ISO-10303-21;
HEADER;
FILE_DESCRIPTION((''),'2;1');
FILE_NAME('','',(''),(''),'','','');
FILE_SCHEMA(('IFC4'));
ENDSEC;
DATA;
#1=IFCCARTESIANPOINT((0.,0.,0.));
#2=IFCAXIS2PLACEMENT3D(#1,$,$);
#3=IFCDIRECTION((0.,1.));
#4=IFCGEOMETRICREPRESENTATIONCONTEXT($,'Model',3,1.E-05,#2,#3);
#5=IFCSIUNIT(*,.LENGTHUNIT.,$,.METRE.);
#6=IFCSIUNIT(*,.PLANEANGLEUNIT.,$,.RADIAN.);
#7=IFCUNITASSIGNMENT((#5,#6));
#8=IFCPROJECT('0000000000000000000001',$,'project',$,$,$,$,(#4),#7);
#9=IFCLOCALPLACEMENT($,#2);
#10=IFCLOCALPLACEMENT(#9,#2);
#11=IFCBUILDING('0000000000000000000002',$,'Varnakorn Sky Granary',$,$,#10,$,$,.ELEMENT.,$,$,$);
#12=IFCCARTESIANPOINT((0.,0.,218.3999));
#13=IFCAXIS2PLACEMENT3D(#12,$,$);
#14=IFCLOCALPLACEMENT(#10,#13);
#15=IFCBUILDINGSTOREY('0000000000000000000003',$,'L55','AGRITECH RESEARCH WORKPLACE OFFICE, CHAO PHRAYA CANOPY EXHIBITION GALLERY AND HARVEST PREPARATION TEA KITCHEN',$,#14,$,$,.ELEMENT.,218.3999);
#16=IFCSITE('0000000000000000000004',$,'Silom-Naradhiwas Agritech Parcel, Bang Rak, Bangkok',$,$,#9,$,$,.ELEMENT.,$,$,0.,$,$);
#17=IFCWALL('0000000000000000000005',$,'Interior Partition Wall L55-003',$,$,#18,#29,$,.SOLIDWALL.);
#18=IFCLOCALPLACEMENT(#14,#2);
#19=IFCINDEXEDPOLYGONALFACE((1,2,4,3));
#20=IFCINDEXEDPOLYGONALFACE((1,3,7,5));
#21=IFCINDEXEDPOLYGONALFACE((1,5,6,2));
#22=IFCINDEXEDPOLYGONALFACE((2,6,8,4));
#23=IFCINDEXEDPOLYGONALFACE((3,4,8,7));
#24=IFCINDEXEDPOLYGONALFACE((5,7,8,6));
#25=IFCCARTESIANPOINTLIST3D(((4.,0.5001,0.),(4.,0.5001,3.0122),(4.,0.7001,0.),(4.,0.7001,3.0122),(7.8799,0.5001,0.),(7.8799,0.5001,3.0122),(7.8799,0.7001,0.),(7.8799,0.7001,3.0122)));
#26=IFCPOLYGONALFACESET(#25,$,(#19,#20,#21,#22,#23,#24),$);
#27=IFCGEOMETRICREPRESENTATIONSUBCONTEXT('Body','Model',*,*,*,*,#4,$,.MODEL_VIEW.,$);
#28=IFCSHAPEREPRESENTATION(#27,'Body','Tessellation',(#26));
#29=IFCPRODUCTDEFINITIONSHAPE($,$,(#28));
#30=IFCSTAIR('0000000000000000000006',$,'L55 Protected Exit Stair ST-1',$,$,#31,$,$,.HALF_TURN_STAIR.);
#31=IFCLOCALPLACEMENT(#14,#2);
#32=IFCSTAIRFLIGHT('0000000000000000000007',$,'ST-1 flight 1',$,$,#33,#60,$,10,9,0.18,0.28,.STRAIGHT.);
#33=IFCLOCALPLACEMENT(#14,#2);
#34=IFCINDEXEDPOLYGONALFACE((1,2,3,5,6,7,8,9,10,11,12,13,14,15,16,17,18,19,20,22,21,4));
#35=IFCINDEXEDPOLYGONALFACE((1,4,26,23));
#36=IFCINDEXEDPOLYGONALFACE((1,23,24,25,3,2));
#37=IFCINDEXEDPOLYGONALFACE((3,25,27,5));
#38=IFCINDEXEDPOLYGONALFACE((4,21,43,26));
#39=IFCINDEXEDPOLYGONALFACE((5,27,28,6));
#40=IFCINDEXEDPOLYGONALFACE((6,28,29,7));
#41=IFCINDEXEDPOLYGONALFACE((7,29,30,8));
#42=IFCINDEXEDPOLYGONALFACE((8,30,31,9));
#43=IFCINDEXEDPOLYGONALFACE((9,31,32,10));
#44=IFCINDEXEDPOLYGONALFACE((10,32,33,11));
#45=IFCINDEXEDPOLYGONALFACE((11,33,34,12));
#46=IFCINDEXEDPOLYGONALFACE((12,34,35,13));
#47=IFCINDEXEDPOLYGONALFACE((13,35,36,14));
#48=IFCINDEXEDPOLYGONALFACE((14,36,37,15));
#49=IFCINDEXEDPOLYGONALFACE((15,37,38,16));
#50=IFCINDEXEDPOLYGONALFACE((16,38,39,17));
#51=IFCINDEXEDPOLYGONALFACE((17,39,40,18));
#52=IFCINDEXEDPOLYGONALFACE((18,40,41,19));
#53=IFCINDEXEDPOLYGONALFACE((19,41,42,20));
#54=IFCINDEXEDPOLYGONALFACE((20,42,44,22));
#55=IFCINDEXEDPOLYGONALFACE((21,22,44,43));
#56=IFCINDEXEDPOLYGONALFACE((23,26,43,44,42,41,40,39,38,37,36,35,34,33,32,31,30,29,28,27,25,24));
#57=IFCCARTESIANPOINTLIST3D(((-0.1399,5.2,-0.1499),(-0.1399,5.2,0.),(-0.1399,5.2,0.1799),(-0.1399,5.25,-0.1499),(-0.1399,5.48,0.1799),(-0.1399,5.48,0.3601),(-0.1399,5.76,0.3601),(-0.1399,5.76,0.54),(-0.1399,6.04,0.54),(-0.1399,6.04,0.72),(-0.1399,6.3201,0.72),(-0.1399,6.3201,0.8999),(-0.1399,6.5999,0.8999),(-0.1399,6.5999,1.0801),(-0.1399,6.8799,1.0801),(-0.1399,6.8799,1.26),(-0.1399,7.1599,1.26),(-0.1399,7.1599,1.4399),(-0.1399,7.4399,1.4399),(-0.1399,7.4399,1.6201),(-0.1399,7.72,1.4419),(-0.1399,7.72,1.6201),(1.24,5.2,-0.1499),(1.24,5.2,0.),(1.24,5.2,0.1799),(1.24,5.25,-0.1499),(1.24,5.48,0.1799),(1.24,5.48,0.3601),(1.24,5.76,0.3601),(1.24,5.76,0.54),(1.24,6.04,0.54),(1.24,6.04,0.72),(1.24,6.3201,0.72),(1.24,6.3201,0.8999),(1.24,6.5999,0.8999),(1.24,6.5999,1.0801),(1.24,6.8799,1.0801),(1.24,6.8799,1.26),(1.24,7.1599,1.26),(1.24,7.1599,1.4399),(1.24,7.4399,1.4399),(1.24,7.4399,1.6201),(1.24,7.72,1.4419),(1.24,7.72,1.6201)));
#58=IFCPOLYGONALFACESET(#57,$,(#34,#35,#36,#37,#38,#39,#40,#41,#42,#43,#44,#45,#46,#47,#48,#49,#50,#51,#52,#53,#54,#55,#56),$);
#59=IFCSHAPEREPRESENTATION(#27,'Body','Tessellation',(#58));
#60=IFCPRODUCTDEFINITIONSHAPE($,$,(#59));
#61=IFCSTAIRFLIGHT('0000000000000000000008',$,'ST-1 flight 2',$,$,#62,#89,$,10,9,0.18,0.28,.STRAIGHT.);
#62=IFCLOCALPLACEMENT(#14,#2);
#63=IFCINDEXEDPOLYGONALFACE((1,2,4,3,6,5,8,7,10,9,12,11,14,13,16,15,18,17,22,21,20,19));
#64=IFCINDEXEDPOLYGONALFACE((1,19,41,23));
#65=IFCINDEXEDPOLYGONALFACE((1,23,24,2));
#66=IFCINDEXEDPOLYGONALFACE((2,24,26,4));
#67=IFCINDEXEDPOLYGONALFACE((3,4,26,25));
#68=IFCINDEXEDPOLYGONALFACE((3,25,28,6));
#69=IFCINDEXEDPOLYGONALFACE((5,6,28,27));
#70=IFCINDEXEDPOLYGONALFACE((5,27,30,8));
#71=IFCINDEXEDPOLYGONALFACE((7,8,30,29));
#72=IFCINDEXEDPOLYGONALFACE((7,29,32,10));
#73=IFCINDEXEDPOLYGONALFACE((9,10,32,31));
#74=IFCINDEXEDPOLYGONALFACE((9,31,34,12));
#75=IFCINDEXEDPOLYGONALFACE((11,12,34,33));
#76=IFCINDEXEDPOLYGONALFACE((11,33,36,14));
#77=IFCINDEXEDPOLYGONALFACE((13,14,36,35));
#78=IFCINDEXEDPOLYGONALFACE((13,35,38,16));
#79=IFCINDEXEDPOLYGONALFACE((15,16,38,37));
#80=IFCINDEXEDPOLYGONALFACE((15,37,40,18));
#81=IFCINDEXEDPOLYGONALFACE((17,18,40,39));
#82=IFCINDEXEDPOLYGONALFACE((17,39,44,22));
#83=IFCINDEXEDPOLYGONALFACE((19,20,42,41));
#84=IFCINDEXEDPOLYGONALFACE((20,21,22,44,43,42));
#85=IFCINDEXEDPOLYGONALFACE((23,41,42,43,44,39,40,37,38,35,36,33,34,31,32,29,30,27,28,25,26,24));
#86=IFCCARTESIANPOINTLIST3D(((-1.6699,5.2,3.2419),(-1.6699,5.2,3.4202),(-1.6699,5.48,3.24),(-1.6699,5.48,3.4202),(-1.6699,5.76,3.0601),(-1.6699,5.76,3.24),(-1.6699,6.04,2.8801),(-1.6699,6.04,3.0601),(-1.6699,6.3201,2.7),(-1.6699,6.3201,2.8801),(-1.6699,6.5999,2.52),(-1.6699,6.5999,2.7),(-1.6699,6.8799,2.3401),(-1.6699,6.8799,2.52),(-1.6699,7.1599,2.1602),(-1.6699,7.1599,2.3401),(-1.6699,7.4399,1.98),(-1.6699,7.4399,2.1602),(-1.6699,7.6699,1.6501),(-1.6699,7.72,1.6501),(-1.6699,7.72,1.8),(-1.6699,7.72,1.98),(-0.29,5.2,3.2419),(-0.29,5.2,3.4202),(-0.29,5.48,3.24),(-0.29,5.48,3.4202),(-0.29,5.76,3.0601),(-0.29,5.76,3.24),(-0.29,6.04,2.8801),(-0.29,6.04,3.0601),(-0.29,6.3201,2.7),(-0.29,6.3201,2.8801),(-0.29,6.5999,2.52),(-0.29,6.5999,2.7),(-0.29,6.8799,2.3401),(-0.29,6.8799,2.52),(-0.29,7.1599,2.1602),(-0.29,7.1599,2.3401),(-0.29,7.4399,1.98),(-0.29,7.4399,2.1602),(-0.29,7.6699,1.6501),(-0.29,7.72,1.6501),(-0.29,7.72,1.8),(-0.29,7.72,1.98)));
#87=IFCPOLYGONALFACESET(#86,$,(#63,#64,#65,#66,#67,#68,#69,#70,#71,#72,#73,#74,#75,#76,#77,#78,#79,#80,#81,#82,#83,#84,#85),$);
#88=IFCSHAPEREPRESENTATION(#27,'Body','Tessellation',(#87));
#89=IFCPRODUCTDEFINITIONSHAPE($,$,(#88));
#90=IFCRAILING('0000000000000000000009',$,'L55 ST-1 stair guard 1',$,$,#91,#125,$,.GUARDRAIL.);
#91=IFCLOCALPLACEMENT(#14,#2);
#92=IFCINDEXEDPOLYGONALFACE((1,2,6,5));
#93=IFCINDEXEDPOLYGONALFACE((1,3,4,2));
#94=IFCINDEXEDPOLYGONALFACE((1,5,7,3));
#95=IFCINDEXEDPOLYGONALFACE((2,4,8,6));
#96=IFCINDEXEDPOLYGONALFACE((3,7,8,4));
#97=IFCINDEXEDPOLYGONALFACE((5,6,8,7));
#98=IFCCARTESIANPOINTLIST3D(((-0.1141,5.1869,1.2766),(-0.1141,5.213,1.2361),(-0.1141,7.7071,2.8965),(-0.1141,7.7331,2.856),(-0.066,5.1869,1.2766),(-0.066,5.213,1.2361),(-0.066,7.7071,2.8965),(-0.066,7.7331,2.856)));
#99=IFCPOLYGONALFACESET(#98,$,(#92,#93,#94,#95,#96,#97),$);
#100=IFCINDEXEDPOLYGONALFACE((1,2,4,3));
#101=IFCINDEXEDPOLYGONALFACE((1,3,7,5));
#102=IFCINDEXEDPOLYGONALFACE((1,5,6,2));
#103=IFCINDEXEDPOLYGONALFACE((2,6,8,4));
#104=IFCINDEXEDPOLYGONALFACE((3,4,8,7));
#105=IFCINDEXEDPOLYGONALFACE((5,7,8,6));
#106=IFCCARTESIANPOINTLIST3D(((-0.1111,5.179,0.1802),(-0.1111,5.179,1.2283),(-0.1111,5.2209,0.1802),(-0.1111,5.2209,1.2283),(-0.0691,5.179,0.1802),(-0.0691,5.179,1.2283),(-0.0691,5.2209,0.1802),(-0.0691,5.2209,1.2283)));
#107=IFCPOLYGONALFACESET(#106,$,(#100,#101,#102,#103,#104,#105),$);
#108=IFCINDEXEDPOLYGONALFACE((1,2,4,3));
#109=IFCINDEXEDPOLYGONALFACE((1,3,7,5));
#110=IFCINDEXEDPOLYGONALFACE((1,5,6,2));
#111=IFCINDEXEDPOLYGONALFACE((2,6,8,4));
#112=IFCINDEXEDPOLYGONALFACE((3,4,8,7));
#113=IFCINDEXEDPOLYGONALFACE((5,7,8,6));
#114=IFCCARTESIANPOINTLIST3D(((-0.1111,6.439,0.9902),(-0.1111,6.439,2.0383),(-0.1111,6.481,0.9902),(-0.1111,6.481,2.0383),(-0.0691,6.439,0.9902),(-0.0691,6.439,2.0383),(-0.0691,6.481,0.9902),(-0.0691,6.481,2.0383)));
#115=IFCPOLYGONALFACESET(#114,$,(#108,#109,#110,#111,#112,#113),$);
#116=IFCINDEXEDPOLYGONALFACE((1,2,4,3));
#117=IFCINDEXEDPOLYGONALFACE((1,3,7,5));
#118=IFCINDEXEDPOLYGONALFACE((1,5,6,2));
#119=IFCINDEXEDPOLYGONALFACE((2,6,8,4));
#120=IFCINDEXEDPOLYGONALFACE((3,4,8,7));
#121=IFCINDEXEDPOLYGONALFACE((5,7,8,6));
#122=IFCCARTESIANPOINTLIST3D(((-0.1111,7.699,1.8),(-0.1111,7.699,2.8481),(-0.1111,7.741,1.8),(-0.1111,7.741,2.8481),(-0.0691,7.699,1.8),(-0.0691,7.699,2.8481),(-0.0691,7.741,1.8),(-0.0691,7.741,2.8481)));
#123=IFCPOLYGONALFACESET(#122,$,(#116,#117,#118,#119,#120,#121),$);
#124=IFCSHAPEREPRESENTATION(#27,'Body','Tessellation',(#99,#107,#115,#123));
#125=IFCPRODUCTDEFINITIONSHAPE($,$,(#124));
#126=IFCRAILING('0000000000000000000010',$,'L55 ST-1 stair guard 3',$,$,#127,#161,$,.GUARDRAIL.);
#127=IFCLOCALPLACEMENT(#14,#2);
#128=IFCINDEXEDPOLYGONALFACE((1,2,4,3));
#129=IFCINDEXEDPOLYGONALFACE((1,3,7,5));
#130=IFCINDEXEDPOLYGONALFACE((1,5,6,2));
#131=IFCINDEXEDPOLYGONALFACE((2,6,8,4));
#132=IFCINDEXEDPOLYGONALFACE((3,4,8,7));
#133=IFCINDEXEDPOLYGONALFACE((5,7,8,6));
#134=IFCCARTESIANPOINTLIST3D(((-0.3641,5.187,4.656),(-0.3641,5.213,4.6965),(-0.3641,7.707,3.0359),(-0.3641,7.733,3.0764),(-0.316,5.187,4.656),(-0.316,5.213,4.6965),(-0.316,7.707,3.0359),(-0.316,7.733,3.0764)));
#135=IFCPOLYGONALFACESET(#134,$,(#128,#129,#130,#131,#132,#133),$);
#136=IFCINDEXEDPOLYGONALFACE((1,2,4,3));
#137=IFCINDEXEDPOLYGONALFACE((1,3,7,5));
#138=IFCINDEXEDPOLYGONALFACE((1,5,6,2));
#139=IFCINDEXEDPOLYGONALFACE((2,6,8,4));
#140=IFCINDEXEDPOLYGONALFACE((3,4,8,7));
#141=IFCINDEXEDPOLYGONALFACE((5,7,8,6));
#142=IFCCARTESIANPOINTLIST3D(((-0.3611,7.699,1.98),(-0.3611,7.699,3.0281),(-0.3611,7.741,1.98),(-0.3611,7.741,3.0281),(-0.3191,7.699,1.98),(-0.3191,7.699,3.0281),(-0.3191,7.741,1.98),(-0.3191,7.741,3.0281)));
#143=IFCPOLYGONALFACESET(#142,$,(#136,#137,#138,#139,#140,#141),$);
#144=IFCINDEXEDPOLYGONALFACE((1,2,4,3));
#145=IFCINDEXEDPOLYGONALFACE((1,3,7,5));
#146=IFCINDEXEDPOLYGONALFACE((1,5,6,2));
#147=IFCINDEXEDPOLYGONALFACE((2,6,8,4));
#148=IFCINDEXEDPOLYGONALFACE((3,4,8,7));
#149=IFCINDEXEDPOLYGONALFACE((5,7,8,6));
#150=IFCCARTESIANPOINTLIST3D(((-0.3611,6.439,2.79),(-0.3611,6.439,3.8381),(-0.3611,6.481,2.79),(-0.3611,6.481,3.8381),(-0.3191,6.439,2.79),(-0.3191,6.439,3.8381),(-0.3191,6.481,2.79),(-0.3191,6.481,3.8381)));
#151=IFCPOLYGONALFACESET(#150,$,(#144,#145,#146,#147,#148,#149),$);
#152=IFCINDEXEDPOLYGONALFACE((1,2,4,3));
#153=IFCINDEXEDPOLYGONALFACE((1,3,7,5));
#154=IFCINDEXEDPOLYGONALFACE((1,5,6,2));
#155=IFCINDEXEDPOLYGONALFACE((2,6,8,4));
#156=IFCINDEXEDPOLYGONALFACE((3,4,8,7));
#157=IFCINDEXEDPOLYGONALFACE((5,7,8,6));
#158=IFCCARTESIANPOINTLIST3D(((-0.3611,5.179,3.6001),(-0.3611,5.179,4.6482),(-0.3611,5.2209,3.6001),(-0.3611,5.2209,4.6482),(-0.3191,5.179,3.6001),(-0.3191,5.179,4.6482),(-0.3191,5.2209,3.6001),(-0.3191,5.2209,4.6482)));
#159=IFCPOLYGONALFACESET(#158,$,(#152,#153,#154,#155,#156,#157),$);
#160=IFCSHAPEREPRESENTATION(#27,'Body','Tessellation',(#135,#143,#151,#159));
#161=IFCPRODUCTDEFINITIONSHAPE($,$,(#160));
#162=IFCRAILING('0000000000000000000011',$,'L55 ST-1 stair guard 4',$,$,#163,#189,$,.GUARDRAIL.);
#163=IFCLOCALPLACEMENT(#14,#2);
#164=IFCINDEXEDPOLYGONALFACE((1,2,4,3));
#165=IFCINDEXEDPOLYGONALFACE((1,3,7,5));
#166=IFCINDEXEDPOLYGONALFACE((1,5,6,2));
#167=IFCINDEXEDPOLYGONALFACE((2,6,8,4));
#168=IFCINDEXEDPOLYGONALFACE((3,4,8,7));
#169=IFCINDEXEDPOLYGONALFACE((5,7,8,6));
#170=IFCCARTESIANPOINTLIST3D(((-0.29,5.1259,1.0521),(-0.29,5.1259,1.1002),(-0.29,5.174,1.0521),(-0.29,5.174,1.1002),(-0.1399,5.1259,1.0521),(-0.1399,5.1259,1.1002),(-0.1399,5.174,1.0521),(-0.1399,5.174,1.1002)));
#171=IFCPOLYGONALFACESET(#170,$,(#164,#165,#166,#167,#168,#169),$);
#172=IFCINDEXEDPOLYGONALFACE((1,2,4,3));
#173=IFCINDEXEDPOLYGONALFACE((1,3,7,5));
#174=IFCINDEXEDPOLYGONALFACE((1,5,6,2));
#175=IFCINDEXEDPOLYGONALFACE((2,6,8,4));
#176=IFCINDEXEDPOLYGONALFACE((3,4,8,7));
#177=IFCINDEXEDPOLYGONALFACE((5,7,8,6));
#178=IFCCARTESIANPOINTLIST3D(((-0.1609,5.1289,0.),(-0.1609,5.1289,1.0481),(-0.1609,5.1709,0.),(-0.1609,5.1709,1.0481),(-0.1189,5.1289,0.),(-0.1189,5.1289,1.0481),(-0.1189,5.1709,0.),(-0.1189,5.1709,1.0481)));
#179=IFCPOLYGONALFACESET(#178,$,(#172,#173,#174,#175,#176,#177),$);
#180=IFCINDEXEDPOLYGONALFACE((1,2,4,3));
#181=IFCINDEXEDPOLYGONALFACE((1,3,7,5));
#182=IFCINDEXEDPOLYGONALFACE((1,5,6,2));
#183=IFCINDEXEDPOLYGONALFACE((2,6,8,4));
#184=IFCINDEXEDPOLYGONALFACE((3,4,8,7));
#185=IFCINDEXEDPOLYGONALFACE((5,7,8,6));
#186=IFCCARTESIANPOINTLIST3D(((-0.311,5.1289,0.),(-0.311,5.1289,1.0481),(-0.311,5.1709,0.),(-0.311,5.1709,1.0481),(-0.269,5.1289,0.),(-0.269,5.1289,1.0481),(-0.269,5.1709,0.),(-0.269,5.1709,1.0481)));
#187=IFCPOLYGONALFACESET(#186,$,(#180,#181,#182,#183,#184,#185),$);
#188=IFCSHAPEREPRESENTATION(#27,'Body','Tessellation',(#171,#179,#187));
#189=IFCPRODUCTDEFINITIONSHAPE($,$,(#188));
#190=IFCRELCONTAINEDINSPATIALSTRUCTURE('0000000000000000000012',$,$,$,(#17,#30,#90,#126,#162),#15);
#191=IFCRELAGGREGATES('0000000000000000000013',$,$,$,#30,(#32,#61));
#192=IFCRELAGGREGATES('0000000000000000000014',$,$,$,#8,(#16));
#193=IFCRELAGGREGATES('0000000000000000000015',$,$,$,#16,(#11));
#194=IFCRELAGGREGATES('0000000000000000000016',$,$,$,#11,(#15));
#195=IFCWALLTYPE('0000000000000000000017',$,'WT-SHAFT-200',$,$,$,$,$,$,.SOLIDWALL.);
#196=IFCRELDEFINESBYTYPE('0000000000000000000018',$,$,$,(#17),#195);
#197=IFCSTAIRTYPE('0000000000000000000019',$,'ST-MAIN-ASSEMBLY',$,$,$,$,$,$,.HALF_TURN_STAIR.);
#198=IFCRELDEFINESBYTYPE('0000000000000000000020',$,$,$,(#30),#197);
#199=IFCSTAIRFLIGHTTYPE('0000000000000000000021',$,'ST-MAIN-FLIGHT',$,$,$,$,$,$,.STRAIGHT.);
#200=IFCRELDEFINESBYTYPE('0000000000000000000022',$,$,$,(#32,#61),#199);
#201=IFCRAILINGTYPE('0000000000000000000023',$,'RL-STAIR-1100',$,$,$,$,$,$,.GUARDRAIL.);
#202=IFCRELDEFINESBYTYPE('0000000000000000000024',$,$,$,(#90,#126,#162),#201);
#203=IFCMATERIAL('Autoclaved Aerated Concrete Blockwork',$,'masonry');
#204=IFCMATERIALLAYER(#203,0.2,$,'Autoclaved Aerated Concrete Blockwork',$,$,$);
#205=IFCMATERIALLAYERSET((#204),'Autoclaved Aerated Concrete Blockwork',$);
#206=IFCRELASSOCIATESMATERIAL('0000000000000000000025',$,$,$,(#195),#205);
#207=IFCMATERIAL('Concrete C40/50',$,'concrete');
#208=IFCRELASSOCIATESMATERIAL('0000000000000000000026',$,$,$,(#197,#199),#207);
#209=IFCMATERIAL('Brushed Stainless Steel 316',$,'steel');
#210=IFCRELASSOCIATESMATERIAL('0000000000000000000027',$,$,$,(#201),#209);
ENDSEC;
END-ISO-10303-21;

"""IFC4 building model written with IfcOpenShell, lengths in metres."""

from ifc_helpers import new_model, si_unit, direction, frame, frame_2d, origin, origin_2d, place, context, subcontext, project, spatial, polyline, rectangle, outline, extrude, material, layer, layer_set, type_object, element, aggregate, save


model = new_model("IFC4")

# Units and contexts
model_context = context("Model", 3, precision=1e-05, world=origin(), true_north=direction((0.0, 1.0)))
body_context = subcontext(model_context, "Body", "Model", "MODEL_VIEW")
ifc_project = project(units=[si_unit("LENGTHUNIT", "METRE"), si_unit("PLANEANGLEUNIT", "RADIAN")], contexts=[model_context])

# Site, building, storey
site_placement = place(None, origin())
site = spatial("IfcSite", under=ifc_project, at=site_placement, Name="Silom-Naradhiwas Agritech Parcel, Bang Rak, Bangkok", CompositionType="ELEMENT", RefElevation=0.0)
building_placement = place(site_placement, origin())
building = spatial("IfcBuilding", under=site, at=building_placement, Name="Varnakorn Sky Granary", CompositionType="ELEMENT")
storey_placement = place(building_placement, frame((0.0, 0.0, 218.3999)))
storey = spatial("IfcBuildingStorey", under=building, at=storey_placement, Name="L55", Description="AGRITECH RESEARCH WORKPLACE OFFICE, CHAO PHRAYA CANOPY EXHIBITION GALLERY AND HARVEST PREPARATION TEA KITCHEN", CompositionType="ELEMENT", Elevation=218.3999)

# Shared definitions
ifc_material_1 = material(Name="Autoclaved Aerated Concrete Blockwork", Category="masonry")

# Wall
ifc_layer_1 = layer(ifc_material_1, 0.2, Name="Autoclaved Aerated Concrete Blockwork")
ifc_layer_set_1 = layer_set([ifc_layer_1], Name="Autoclaved Aerated Concrete Blockwork")
wall_type_1 = type_object("IfcWallType", Name="WT-SHAFT-200", PredefinedType="SOLIDWALL", material=ifc_layer_set_1)
wall_1_placement = place(storey_placement, frame((4.0, 0.6001, 0.0), z_axis=(0.0, 0.0, 1.0), x_axis=(1.0, 0.0, 0.0)))
element("IfcWall", 1, at=wall_1_placement, inside=storey, type_object=wall_type_1, Name="Interior Partition Wall L55-003", PredefinedType="SOLIDWALL", context=body_context, shape_type="SweptSolid", body=[
    extrude(rectangle(XDim=3.8799, YDim=0.2, at=frame_2d((1.9399, 0.0))), origin(), (0.0, 0.0, 1.0), 3.0122),
])

# Stair, stair flights
ifc_material_2 = material(Name="Concrete C40/50", Category="concrete")
stair_type = type_object("IfcStairType", Name="ST-MAIN-ASSEMBLY", PredefinedType="HALF_TURN_STAIR", material=ifc_material_2)
stair_placement = place(storey_placement, origin())
stair = element("IfcStair", 2, at=stair_placement, inside=storey, type_object=stair_type, Name="L55 Protected Exit Stair ST-1", PredefinedType="HALF_TURN_STAIR")
stair_flight_type = type_object("IfcStairFlightType", Name="ST-MAIN-FLIGHT", PredefinedType="STRAIGHT", material=ifc_material_2)
stair_flight_1_placement = place(storey_placement, frame((0.55, 5.2, 0.0), z_axis=(0.0, 0.0, 1.0), x_axis=(0.0, 1.0, 0.0)))
stair_flight_1 = element("IfcStairFlight", 3, at=stair_flight_1_placement, type_object=stair_flight_type, Name="ST-1 flight 1", NumberOfRisers=10, NumberOfTreads=9, PredefinedType="STRAIGHT", RiserHeight=0.18, TreadLength=0.28, context=body_context, shape_type="SweptSolid", body=[
    extrude(outline(polyline([(0.0, -0.1499), (0.0, 0.0), (0.0, 0.1799), (0.28, 0.1799), (0.28, 0.3601), (0.5601, 0.3601), (0.5601, 0.54), (0.8401, 0.54), (0.8401, 0.72), (1.1201, 0.72), (1.1201, 0.8999), (1.3999, 0.8999), (1.3999, 1.0801), (1.6799, 1.0801), (1.6799, 1.26), (1.96, 1.26), (1.96, 1.4399), (2.24, 1.4399), (2.24, 1.6201), (2.52, 1.6201), (2.52, 1.8), (2.52, 1.4419), (0.05, -0.1499), (0.0, -0.1499)])), frame((0.0, 0.6899, 0.0), z_axis=(0.0, -1.0, 0.0), x_axis=(1.0, 0.0, 0.0)), (0.0, 0.0, 1.0), 1.3799),
])
stair_flight_2_placement = place(storey_placement, frame((-0.98, 7.72, 1.8), z_axis=(0.0, 0.0, 1.0), x_axis=(0.0, -1.0, 0.0)))
stair_flight_2 = element("IfcStairFlight", 4, at=stair_flight_2_placement, type_object=stair_flight_type, Name="ST-1 flight 2", NumberOfRisers=10, NumberOfTreads=9, PredefinedType="STRAIGHT", RiserHeight=0.18, TreadLength=0.28, context=body_context, shape_type="SweptSolid", body=[
    extrude(outline(polyline([(0.0, -0.1499), (0.0, 0.0), (0.0, 0.1799), (0.28, 0.1799), (0.28, 0.3601), (0.5601, 0.3601), (0.5601, 0.54), (0.8401, 0.54), (0.8401, 0.72), (1.1201, 0.72), (1.1201, 0.8999), (1.3999, 0.8999), (1.3999, 1.0801), (1.6799, 1.0801), (1.6799, 1.26), (1.96, 1.26), (1.96, 1.4399), (2.24, 1.4399), (2.24, 1.6201), (2.52, 1.6201), (2.52, 1.8), (2.52, 1.4419), (0.05, -0.1499), (0.0, -0.1499)])), frame((0.0, 0.6899, 0.0), z_axis=(0.0, -1.0, 0.0), x_axis=(1.0, 0.0, 0.0)), (0.0, 0.0, 1.0), 1.3799),
])
aggregate(stair, [stair_flight_1, stair_flight_2])

# Railings
ifc_material_3 = material(Name="Brushed Stainless Steel 316", Category="steel")
railing_type_1 = type_object("IfcRailingType", Name="RL-STAIR-1100", PredefinedType="GUARDRAIL", material=ifc_material_3)
railing_1_placement = place(storey_placement, frame((-0.0901, 5.2, 0.1802)))
element("IfcRailing", 5, at=railing_1_placement, inside=storey, type_object=railing_type_1, Name="L55 ST-1 stair guard 1", PredefinedType="GUARDRAIL", context=body_context, shape_type="SweptSolid", body=[
    extrude(rectangle(XDim=0.0481, YDim=0.0481, at=origin_2d()), frame((0.0, 0.0, 1.0762), z_axis=(0.0, 0.8412, 0.540725), x_axis=(-1.0, 0.0, 0.0)), (0.0, 0.0, 1.0), 2.9958),
    extrude(rectangle(XDim=0.042, YDim=0.042, at=origin_2d()), origin(), (0.0, 0.0, 1.0), 1.0481),
    extrude(rectangle(XDim=0.042, YDim=0.042, at=origin_2d()), frame((0.0, 1.26, 0.8101)), (0.0, 0.0, 1.0), 1.0481),
    extrude(rectangle(XDim=0.042, YDim=0.042, at=origin_2d()), frame((0.0, 2.52, 1.6199)), (0.0, 0.0, 1.0), 1.0481),
])
railing_2_placement = place(storey_placement, frame((-0.3401, 7.72, 1.98)))
element("IfcRailing", 6, at=railing_2_placement, inside=storey, type_object=railing_type_1, Name="L55 ST-1 stair guard 3", PredefinedType="GUARDRAIL", context=body_context, shape_type="SweptSolid", body=[
    extrude(rectangle(XDim=0.0481, YDim=0.0481, at=origin_2d()), frame((0.0, 0.0, 1.0762), z_axis=(0.0, -0.841163, 0.540782), x_axis=(1.0, 0.0, 0.0)), (0.0, 0.0, 1.0), 2.9958),
    extrude(rectangle(XDim=0.042, YDim=0.042, at=origin_2d()), origin(), (0.0, 0.0, 1.0), 1.0481),
    extrude(rectangle(XDim=0.042, YDim=0.042, at=origin_2d()), frame((0.0, -1.26, 0.8101)), (0.0, 0.0, 1.0), 1.0481),
    extrude(rectangle(XDim=0.042, YDim=0.042, at=origin_2d()), frame((0.0, -2.52, 1.6201)), (0.0, 0.0, 1.0), 1.0481),
])
railing_3_placement = place(storey_placement, frame((-0.1399, 5.1499, 0.0)))
element("IfcRailing", 7, at=railing_3_placement, inside=storey, type_object=railing_type_1, Name="L55 ST-1 stair guard 4", PredefinedType="GUARDRAIL", context=body_context, shape_type="SweptSolid", body=[
    extrude(rectangle(XDim=0.0481, YDim=0.0481, at=origin_2d()), frame((0.0, 0.0, 1.0762), z_axis=(-1.0, 0.0, 0.0), x_axis=(0.0, -1.0, 0.0)), (0.0, 0.0, 1.0), 0.1501),
    extrude(rectangle(XDim=0.042, YDim=0.042, at=origin_2d()), origin(), (0.0, 0.0, 1.0), 1.0481),
    extrude(rectangle(XDim=0.042, YDim=0.042, at=origin_2d()), frame((-0.1501, 0.0, 0.0)), (0.0, 0.0, 1.0), 1.0481),
])

save(model, "model.ifc")
